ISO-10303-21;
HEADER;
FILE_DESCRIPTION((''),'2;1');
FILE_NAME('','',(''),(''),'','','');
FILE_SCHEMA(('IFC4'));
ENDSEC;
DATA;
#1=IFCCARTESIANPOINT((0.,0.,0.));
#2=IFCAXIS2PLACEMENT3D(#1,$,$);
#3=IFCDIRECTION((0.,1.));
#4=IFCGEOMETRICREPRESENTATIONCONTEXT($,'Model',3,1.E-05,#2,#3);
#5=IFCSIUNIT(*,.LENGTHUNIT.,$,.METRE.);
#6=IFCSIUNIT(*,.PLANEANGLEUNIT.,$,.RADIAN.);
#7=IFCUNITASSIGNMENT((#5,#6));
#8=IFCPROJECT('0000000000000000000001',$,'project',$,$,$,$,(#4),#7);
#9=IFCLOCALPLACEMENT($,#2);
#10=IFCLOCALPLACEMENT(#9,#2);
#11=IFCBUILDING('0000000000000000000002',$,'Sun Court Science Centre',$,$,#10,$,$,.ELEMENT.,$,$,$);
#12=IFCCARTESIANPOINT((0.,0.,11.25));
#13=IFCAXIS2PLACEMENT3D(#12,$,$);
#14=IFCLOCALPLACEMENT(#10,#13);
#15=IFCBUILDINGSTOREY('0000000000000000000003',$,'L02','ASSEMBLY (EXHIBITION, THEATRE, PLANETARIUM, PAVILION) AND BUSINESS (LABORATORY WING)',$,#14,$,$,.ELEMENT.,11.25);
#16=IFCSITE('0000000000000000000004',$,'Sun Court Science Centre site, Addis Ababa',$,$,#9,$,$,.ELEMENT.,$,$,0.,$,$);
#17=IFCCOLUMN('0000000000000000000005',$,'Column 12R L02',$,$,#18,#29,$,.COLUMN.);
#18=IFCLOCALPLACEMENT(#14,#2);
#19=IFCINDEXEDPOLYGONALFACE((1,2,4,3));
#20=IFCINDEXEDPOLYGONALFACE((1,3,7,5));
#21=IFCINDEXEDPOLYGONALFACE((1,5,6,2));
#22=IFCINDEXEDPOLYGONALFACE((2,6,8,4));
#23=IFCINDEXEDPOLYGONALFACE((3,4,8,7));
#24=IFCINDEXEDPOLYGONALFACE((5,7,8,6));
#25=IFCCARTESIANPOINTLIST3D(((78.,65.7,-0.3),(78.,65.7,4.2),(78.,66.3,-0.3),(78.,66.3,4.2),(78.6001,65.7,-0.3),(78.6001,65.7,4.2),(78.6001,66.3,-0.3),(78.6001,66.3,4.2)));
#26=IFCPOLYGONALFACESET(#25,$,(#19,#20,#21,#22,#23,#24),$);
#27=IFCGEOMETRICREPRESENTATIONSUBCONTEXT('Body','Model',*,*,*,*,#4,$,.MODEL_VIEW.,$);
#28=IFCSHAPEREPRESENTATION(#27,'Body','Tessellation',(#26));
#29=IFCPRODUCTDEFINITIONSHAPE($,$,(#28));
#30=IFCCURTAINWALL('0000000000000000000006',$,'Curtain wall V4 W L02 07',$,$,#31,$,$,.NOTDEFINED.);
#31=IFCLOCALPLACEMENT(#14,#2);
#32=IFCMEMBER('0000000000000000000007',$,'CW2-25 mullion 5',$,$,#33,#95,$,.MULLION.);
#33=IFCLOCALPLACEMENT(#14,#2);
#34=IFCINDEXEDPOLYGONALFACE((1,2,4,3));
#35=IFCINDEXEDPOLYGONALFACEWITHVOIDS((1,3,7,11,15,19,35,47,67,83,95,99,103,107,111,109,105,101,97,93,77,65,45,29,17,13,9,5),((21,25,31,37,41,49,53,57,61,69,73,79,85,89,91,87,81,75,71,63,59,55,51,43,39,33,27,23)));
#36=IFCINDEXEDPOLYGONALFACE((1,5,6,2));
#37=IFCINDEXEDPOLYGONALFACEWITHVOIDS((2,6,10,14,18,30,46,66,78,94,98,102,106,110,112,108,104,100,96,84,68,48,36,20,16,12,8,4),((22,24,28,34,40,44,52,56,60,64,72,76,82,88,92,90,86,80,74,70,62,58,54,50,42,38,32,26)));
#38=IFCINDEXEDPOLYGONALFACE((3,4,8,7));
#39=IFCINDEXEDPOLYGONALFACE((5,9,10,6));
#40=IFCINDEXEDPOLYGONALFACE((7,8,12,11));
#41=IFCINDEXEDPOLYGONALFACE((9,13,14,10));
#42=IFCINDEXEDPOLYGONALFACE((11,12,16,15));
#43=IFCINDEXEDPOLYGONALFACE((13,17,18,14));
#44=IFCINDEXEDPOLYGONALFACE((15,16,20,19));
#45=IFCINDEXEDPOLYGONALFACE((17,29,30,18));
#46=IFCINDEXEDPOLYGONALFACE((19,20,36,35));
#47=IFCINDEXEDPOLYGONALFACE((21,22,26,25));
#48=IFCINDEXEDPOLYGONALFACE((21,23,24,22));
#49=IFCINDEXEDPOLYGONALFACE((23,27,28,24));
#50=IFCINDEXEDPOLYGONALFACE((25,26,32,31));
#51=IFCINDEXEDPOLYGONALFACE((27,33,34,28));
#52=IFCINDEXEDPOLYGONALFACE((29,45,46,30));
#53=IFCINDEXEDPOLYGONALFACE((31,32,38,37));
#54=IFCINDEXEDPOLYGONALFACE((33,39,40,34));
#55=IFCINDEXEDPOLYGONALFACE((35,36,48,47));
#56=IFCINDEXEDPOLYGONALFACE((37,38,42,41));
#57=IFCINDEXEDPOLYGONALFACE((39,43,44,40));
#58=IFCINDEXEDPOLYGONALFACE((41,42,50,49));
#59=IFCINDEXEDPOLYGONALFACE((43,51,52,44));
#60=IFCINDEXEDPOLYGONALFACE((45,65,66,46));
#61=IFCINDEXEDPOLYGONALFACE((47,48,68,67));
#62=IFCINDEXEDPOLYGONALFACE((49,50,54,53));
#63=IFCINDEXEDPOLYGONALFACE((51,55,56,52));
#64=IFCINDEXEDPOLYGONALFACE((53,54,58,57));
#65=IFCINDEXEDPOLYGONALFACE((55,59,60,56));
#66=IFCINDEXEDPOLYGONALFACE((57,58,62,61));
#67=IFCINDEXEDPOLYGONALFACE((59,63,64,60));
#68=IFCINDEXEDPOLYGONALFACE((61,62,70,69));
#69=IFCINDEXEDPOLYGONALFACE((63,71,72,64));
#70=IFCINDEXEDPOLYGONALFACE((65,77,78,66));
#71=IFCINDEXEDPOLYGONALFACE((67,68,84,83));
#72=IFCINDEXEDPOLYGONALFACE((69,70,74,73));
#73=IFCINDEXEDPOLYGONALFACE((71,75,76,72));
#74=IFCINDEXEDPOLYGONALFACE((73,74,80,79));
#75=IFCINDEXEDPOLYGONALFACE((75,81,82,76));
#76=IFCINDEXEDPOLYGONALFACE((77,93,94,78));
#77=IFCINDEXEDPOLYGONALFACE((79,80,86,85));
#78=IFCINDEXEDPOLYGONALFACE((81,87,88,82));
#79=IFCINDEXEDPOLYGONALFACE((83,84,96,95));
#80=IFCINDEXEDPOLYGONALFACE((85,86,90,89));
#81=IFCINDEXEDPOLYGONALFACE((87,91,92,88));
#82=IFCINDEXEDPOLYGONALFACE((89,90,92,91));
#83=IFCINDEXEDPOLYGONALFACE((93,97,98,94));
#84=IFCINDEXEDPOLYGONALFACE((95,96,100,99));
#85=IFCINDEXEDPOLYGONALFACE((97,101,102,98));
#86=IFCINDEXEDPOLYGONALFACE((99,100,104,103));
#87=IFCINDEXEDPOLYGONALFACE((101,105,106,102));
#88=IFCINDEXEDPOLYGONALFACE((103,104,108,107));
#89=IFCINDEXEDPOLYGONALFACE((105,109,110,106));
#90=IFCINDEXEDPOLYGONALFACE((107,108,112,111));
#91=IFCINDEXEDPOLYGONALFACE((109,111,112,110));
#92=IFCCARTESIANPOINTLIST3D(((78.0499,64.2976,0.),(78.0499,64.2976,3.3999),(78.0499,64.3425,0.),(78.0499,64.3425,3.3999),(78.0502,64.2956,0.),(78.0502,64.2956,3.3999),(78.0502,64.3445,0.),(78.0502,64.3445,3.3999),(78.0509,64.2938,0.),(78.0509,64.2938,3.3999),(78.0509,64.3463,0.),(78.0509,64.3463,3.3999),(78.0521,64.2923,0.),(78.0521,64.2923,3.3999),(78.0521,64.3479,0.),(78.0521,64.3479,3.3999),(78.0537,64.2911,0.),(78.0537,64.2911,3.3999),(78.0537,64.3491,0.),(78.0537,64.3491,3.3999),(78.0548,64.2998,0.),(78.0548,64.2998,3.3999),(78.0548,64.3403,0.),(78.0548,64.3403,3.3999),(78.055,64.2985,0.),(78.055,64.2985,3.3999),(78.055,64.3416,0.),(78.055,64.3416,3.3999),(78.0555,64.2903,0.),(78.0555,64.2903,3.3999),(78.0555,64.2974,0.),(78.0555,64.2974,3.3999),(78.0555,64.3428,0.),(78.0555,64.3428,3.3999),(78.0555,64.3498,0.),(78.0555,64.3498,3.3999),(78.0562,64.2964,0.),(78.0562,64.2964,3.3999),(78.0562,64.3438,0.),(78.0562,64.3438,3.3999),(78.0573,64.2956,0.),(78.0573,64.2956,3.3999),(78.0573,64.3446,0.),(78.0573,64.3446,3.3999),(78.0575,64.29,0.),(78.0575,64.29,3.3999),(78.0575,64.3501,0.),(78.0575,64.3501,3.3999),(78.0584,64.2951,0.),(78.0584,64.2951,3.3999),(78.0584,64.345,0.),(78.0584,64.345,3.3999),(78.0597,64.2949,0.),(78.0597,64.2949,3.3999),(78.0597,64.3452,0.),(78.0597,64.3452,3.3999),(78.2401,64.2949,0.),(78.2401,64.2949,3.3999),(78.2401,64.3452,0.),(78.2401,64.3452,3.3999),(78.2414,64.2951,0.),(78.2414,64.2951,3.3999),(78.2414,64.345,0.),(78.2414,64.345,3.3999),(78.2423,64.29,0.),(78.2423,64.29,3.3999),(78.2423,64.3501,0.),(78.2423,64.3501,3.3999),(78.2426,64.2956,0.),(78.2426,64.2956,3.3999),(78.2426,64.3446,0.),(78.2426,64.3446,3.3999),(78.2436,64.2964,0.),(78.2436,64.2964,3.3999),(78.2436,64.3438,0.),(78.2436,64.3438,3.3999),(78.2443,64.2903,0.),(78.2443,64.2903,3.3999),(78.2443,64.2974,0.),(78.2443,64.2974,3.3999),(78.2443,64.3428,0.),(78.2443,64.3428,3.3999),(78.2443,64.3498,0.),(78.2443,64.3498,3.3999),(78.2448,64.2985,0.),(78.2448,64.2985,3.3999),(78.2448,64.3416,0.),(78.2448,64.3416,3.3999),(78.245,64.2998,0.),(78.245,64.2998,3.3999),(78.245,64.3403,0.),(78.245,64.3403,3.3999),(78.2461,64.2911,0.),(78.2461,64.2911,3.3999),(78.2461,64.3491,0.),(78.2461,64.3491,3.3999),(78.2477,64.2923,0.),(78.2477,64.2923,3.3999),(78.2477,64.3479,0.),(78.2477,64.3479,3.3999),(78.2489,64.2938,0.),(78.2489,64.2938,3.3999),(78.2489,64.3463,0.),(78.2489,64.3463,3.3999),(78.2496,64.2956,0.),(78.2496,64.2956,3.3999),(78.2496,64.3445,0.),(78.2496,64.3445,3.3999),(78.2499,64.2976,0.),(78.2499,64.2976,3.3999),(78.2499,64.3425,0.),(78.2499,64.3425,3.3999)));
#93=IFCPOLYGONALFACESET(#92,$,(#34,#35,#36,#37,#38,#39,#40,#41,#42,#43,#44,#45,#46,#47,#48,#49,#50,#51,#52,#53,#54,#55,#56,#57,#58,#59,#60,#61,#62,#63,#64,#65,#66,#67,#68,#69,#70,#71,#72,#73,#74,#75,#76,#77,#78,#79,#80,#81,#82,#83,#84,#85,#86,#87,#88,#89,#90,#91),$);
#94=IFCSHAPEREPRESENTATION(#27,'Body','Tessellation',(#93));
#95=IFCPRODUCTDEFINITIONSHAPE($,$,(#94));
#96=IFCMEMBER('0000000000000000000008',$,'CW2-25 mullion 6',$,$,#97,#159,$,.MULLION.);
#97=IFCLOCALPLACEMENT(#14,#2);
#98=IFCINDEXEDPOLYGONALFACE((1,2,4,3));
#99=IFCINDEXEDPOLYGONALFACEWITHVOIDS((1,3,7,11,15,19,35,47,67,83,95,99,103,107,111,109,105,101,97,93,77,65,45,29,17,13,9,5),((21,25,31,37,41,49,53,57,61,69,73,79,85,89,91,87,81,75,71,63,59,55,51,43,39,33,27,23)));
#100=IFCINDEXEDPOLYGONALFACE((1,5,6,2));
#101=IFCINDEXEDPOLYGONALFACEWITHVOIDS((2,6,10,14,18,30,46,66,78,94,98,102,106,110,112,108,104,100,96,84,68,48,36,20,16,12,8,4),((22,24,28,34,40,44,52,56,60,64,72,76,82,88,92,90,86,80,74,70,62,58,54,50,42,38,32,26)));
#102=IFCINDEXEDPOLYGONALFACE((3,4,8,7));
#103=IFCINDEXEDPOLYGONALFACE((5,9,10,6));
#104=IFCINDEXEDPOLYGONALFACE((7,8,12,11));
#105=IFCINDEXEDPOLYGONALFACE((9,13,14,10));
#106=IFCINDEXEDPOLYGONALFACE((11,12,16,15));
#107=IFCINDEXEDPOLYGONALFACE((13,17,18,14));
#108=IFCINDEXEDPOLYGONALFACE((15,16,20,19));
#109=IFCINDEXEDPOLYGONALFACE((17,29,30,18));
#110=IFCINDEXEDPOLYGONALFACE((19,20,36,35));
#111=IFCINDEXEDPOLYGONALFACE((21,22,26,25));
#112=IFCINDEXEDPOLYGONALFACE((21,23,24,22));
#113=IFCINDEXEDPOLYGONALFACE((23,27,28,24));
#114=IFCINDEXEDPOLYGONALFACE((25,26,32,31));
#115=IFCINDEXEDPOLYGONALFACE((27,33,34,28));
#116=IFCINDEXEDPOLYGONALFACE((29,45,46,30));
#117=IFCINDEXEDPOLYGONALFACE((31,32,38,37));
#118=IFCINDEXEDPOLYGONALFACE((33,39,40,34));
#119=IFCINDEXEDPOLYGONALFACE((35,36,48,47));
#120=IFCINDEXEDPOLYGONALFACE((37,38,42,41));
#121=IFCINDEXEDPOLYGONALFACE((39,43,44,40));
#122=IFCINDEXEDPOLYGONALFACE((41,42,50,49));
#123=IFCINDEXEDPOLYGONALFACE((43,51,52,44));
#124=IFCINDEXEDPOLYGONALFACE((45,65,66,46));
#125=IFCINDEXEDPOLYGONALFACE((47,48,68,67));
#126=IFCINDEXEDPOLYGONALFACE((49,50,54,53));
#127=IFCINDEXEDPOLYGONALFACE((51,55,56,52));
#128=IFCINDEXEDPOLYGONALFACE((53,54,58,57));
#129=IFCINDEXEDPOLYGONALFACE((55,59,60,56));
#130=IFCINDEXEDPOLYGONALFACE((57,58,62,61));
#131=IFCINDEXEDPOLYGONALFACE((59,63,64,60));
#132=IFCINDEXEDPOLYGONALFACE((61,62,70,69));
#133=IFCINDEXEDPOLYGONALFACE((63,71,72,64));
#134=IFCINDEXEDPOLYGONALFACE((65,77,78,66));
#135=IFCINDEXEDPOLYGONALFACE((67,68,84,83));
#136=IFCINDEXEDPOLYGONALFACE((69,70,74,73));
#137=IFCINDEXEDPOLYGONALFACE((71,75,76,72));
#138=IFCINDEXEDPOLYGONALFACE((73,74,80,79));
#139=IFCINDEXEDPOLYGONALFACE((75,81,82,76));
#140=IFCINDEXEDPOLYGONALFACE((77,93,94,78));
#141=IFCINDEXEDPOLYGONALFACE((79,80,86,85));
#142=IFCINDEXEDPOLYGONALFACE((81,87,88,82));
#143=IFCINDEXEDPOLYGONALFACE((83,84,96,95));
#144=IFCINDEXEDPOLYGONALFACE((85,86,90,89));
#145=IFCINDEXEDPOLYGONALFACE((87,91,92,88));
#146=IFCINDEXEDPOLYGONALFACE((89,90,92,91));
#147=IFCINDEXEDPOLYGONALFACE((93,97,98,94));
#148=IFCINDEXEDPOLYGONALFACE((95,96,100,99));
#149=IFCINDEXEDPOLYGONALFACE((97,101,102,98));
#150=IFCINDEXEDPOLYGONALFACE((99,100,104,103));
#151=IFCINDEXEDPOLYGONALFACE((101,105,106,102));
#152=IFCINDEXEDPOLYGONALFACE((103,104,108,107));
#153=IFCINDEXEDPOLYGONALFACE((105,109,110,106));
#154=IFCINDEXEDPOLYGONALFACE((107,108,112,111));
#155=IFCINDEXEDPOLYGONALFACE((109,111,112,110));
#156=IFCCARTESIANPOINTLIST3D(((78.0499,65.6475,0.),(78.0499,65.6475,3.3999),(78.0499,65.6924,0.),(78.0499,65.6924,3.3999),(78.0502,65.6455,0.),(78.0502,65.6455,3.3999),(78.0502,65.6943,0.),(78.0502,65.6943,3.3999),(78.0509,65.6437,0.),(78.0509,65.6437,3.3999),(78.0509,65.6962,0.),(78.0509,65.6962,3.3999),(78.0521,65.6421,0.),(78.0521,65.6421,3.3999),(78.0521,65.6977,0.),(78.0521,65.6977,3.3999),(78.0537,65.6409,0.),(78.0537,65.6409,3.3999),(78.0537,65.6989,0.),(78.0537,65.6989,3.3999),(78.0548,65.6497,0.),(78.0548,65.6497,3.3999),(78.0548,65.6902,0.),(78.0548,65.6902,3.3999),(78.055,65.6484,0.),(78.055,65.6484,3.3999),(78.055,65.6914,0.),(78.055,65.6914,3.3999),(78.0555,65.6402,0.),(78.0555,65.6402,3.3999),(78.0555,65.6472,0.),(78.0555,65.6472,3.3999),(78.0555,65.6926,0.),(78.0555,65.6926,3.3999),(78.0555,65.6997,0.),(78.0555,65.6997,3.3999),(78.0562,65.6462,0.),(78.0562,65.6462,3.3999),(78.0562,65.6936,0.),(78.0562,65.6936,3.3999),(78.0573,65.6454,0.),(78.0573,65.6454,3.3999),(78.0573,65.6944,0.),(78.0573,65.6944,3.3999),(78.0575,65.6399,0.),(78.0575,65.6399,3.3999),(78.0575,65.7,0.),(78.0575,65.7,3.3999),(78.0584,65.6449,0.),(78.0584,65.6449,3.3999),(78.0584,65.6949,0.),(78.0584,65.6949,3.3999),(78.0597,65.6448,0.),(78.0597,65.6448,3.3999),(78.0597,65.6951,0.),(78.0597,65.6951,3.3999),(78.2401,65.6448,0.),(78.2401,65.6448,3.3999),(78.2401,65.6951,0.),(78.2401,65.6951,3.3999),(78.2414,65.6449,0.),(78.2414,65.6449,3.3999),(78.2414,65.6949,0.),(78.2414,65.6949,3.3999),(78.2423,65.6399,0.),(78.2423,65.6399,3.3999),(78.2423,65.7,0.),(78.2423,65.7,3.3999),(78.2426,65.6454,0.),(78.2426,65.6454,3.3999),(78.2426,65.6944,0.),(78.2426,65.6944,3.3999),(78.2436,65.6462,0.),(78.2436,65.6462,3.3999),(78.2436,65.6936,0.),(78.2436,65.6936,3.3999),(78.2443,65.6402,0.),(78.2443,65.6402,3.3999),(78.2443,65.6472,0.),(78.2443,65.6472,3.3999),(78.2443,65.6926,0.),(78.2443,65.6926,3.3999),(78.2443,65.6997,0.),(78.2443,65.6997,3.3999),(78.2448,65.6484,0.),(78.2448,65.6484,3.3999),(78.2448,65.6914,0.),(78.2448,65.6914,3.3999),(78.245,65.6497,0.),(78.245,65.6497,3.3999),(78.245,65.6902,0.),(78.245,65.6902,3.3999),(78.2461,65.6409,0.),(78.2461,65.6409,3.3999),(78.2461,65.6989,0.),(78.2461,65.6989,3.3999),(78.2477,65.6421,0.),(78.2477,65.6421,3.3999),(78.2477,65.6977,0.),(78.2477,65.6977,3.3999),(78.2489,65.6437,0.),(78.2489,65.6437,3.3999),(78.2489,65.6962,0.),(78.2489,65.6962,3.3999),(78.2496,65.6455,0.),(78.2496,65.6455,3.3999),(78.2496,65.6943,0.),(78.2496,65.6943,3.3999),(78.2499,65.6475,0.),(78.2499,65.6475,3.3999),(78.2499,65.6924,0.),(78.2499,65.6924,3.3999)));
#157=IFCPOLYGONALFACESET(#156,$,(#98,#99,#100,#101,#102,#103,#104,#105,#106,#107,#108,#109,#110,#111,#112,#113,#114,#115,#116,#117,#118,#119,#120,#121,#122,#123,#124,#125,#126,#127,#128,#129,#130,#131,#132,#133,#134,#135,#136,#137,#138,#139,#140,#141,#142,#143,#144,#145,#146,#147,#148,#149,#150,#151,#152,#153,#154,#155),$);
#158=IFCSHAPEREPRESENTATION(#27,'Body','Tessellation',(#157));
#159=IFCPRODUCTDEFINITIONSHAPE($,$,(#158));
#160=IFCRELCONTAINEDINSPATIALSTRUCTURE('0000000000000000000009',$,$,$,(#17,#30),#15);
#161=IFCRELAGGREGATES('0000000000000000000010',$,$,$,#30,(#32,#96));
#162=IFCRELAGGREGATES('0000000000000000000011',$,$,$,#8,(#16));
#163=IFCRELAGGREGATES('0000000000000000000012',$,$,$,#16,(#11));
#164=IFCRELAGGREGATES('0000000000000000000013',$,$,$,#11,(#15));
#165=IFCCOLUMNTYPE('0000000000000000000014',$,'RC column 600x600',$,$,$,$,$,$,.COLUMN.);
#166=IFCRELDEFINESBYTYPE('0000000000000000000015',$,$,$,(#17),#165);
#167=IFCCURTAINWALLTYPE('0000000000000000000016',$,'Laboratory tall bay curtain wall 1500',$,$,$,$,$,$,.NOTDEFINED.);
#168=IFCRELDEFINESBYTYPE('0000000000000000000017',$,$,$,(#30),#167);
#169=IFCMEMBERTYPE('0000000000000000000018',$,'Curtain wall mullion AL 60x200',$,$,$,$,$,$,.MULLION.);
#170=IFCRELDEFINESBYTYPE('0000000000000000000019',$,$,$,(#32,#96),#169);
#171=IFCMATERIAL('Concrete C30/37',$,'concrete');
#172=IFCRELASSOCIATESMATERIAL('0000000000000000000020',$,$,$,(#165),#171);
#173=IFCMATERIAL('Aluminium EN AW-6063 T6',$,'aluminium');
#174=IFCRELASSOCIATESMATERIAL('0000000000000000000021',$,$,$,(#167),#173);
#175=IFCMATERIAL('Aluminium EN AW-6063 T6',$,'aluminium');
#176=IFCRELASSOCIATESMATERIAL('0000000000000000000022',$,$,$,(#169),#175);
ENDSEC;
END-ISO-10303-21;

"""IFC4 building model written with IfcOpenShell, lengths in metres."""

from ifc_helpers import new_model, si_unit, direction, frame, origin, origin_2d, place, context, subcontext, project, spatial, rectangle, hollow_rectangle, extrude, material, material_profile, profile_set, type_object, element, aggregate, save


model = new_model("IFC4")

# Units and contexts
model_context = context("Model", 3, precision=1e-05, world=origin(), true_north=direction((0.0, 1.0)))
body_context = subcontext(model_context, "Body", "Model", "MODEL_VIEW")
ifc_project = project(units=[si_unit("LENGTHUNIT", "METRE"), si_unit("PLANEANGLEUNIT", "RADIAN")], contexts=[model_context])

# Site, building, storey
site_placement = place(None, origin())
site = spatial("IfcSite", under=ifc_project, at=site_placement, Name="Sun Court Science Centre site, Addis Ababa", CompositionType="ELEMENT", RefElevation=0.0)
building_placement = place(site_placement, origin())
building = spatial("IfcBuilding", under=site, at=building_placement, Name="Sun Court Science Centre", CompositionType="ELEMENT")
storey_placement = place(building_placement, frame((0.0, 0.0, 11.25)))
storey = spatial("IfcBuildingStorey", under=building, at=storey_placement, Name="L02", Description="ASSEMBLY (EXHIBITION, THEATRE, PLANETARIUM, PAVILION) AND BUSINESS (LABORATORY WING)", CompositionType="ELEMENT", Elevation=11.25)

# Column
ifc_material_1 = material(Name="Concrete C30/37", Category="concrete")
ifc_material_profile_1 = material_profile(ifc_material_1, rectangle(XDim=0.6001, YDim=0.6001, at=origin_2d()), Name="RC 600x600")
ifc_profile_set_1 = profile_set([ifc_material_profile_1], Name="Concrete C30/37")
column_type = type_object("IfcColumnType", Name="RC column 600x600", PredefinedType="COLUMN", material=ifc_profile_set_1)
column_placement = place(storey_placement, frame((78.3, 66.0, -0.3), z_axis=(0.0, 0.0, 1.0), x_axis=(1.0, 0.0, 0.0)))
element("IfcColumn", 1, at=column_placement, inside=storey, type_object=column_type, Name="Column 12R L02", PredefinedType="COLUMN", context=body_context, shape_type="SweptSolid", body=[
    extrude(rectangle(XDim=0.6001, YDim=0.6001, at=origin_2d()), origin(), (0.0, 0.0, 1.0), 4.5),
])

# Curtain wall, members
ifc_material_2 = material(Name="Aluminium EN AW-6063 T6", Category="aluminium")
curtain_wall_type = type_object("IfcCurtainWallType", Name="Laboratory tall bay curtain wall 1500", PredefinedType="NOTDEFINED", material=ifc_material_2)
curtain_wall_1_placement = place(storey_placement, origin())
curtain_wall_1 = element("IfcCurtainWall", 2, at=curtain_wall_1_placement, inside=storey, type_object=curtain_wall_type, Name="Curtain wall V4 W L02 07", PredefinedType="NOTDEFINED")
ifc_material_3 = material(Name="Aluminium EN AW-6063 T6", Category="aluminium")
ifc_material_profile_2 = material_profile(ifc_material_3, hollow_rectangle(XDim=0.0601, YDim=0.2, WallThickness=0.0049, InnerFilletRadius=0.0049, OuterFilletRadius=0.0076, at=origin_2d()), Name="AL 60x200x5")
ifc_profile_set_2 = profile_set([ifc_material_profile_2], Name="Aluminium EN AW-6063 T6")
member_type_1 = type_object("IfcMemberType", Name="Curtain wall mullion AL 60x200", PredefinedType="MULLION", material=ifc_profile_set_2)
member_1_placement = place(storey_placement, frame((78.1499, 64.3201, 0.0), z_axis=(0.0, 0.0, 1.0), x_axis=(0.0, 1.0, 0.0)))
member_1 = element("IfcMember", 3, at=member_1_placement, type_object=member_type_1, Name="CW2-25 mullion 5", PredefinedType="MULLION", context=body_context, shape_type="SweptSolid", body=[
    extrude(hollow_rectangle(XDim=0.0601, YDim=0.2, WallThickness=0.0049, InnerFilletRadius=0.0049, OuterFilletRadius=0.0076, at=origin_2d()), origin(), (0.0, 0.0, 1.0), 3.3999),
])
member_2_placement = place(storey_placement, frame((78.1499, 65.6699, 0.0), z_axis=(0.0, 0.0, 1.0), x_axis=(0.0, 1.0, 0.0)))
member_2 = element("IfcMember", 4, at=member_2_placement, type_object=member_type_1, Name="CW2-25 mullion 6", PredefinedType="MULLION", context=body_context, shape_type="SweptSolid", body=[
    extrude(hollow_rectangle(XDim=0.0601, YDim=0.2, WallThickness=0.0049, InnerFilletRadius=0.0049, OuterFilletRadius=0.0076, at=origin_2d()), origin(), (0.0, 0.0, 1.0), 3.3999),
])

aggregate(curtain_wall_1, [member_1, member_2])

save(model, "model.ifc")
